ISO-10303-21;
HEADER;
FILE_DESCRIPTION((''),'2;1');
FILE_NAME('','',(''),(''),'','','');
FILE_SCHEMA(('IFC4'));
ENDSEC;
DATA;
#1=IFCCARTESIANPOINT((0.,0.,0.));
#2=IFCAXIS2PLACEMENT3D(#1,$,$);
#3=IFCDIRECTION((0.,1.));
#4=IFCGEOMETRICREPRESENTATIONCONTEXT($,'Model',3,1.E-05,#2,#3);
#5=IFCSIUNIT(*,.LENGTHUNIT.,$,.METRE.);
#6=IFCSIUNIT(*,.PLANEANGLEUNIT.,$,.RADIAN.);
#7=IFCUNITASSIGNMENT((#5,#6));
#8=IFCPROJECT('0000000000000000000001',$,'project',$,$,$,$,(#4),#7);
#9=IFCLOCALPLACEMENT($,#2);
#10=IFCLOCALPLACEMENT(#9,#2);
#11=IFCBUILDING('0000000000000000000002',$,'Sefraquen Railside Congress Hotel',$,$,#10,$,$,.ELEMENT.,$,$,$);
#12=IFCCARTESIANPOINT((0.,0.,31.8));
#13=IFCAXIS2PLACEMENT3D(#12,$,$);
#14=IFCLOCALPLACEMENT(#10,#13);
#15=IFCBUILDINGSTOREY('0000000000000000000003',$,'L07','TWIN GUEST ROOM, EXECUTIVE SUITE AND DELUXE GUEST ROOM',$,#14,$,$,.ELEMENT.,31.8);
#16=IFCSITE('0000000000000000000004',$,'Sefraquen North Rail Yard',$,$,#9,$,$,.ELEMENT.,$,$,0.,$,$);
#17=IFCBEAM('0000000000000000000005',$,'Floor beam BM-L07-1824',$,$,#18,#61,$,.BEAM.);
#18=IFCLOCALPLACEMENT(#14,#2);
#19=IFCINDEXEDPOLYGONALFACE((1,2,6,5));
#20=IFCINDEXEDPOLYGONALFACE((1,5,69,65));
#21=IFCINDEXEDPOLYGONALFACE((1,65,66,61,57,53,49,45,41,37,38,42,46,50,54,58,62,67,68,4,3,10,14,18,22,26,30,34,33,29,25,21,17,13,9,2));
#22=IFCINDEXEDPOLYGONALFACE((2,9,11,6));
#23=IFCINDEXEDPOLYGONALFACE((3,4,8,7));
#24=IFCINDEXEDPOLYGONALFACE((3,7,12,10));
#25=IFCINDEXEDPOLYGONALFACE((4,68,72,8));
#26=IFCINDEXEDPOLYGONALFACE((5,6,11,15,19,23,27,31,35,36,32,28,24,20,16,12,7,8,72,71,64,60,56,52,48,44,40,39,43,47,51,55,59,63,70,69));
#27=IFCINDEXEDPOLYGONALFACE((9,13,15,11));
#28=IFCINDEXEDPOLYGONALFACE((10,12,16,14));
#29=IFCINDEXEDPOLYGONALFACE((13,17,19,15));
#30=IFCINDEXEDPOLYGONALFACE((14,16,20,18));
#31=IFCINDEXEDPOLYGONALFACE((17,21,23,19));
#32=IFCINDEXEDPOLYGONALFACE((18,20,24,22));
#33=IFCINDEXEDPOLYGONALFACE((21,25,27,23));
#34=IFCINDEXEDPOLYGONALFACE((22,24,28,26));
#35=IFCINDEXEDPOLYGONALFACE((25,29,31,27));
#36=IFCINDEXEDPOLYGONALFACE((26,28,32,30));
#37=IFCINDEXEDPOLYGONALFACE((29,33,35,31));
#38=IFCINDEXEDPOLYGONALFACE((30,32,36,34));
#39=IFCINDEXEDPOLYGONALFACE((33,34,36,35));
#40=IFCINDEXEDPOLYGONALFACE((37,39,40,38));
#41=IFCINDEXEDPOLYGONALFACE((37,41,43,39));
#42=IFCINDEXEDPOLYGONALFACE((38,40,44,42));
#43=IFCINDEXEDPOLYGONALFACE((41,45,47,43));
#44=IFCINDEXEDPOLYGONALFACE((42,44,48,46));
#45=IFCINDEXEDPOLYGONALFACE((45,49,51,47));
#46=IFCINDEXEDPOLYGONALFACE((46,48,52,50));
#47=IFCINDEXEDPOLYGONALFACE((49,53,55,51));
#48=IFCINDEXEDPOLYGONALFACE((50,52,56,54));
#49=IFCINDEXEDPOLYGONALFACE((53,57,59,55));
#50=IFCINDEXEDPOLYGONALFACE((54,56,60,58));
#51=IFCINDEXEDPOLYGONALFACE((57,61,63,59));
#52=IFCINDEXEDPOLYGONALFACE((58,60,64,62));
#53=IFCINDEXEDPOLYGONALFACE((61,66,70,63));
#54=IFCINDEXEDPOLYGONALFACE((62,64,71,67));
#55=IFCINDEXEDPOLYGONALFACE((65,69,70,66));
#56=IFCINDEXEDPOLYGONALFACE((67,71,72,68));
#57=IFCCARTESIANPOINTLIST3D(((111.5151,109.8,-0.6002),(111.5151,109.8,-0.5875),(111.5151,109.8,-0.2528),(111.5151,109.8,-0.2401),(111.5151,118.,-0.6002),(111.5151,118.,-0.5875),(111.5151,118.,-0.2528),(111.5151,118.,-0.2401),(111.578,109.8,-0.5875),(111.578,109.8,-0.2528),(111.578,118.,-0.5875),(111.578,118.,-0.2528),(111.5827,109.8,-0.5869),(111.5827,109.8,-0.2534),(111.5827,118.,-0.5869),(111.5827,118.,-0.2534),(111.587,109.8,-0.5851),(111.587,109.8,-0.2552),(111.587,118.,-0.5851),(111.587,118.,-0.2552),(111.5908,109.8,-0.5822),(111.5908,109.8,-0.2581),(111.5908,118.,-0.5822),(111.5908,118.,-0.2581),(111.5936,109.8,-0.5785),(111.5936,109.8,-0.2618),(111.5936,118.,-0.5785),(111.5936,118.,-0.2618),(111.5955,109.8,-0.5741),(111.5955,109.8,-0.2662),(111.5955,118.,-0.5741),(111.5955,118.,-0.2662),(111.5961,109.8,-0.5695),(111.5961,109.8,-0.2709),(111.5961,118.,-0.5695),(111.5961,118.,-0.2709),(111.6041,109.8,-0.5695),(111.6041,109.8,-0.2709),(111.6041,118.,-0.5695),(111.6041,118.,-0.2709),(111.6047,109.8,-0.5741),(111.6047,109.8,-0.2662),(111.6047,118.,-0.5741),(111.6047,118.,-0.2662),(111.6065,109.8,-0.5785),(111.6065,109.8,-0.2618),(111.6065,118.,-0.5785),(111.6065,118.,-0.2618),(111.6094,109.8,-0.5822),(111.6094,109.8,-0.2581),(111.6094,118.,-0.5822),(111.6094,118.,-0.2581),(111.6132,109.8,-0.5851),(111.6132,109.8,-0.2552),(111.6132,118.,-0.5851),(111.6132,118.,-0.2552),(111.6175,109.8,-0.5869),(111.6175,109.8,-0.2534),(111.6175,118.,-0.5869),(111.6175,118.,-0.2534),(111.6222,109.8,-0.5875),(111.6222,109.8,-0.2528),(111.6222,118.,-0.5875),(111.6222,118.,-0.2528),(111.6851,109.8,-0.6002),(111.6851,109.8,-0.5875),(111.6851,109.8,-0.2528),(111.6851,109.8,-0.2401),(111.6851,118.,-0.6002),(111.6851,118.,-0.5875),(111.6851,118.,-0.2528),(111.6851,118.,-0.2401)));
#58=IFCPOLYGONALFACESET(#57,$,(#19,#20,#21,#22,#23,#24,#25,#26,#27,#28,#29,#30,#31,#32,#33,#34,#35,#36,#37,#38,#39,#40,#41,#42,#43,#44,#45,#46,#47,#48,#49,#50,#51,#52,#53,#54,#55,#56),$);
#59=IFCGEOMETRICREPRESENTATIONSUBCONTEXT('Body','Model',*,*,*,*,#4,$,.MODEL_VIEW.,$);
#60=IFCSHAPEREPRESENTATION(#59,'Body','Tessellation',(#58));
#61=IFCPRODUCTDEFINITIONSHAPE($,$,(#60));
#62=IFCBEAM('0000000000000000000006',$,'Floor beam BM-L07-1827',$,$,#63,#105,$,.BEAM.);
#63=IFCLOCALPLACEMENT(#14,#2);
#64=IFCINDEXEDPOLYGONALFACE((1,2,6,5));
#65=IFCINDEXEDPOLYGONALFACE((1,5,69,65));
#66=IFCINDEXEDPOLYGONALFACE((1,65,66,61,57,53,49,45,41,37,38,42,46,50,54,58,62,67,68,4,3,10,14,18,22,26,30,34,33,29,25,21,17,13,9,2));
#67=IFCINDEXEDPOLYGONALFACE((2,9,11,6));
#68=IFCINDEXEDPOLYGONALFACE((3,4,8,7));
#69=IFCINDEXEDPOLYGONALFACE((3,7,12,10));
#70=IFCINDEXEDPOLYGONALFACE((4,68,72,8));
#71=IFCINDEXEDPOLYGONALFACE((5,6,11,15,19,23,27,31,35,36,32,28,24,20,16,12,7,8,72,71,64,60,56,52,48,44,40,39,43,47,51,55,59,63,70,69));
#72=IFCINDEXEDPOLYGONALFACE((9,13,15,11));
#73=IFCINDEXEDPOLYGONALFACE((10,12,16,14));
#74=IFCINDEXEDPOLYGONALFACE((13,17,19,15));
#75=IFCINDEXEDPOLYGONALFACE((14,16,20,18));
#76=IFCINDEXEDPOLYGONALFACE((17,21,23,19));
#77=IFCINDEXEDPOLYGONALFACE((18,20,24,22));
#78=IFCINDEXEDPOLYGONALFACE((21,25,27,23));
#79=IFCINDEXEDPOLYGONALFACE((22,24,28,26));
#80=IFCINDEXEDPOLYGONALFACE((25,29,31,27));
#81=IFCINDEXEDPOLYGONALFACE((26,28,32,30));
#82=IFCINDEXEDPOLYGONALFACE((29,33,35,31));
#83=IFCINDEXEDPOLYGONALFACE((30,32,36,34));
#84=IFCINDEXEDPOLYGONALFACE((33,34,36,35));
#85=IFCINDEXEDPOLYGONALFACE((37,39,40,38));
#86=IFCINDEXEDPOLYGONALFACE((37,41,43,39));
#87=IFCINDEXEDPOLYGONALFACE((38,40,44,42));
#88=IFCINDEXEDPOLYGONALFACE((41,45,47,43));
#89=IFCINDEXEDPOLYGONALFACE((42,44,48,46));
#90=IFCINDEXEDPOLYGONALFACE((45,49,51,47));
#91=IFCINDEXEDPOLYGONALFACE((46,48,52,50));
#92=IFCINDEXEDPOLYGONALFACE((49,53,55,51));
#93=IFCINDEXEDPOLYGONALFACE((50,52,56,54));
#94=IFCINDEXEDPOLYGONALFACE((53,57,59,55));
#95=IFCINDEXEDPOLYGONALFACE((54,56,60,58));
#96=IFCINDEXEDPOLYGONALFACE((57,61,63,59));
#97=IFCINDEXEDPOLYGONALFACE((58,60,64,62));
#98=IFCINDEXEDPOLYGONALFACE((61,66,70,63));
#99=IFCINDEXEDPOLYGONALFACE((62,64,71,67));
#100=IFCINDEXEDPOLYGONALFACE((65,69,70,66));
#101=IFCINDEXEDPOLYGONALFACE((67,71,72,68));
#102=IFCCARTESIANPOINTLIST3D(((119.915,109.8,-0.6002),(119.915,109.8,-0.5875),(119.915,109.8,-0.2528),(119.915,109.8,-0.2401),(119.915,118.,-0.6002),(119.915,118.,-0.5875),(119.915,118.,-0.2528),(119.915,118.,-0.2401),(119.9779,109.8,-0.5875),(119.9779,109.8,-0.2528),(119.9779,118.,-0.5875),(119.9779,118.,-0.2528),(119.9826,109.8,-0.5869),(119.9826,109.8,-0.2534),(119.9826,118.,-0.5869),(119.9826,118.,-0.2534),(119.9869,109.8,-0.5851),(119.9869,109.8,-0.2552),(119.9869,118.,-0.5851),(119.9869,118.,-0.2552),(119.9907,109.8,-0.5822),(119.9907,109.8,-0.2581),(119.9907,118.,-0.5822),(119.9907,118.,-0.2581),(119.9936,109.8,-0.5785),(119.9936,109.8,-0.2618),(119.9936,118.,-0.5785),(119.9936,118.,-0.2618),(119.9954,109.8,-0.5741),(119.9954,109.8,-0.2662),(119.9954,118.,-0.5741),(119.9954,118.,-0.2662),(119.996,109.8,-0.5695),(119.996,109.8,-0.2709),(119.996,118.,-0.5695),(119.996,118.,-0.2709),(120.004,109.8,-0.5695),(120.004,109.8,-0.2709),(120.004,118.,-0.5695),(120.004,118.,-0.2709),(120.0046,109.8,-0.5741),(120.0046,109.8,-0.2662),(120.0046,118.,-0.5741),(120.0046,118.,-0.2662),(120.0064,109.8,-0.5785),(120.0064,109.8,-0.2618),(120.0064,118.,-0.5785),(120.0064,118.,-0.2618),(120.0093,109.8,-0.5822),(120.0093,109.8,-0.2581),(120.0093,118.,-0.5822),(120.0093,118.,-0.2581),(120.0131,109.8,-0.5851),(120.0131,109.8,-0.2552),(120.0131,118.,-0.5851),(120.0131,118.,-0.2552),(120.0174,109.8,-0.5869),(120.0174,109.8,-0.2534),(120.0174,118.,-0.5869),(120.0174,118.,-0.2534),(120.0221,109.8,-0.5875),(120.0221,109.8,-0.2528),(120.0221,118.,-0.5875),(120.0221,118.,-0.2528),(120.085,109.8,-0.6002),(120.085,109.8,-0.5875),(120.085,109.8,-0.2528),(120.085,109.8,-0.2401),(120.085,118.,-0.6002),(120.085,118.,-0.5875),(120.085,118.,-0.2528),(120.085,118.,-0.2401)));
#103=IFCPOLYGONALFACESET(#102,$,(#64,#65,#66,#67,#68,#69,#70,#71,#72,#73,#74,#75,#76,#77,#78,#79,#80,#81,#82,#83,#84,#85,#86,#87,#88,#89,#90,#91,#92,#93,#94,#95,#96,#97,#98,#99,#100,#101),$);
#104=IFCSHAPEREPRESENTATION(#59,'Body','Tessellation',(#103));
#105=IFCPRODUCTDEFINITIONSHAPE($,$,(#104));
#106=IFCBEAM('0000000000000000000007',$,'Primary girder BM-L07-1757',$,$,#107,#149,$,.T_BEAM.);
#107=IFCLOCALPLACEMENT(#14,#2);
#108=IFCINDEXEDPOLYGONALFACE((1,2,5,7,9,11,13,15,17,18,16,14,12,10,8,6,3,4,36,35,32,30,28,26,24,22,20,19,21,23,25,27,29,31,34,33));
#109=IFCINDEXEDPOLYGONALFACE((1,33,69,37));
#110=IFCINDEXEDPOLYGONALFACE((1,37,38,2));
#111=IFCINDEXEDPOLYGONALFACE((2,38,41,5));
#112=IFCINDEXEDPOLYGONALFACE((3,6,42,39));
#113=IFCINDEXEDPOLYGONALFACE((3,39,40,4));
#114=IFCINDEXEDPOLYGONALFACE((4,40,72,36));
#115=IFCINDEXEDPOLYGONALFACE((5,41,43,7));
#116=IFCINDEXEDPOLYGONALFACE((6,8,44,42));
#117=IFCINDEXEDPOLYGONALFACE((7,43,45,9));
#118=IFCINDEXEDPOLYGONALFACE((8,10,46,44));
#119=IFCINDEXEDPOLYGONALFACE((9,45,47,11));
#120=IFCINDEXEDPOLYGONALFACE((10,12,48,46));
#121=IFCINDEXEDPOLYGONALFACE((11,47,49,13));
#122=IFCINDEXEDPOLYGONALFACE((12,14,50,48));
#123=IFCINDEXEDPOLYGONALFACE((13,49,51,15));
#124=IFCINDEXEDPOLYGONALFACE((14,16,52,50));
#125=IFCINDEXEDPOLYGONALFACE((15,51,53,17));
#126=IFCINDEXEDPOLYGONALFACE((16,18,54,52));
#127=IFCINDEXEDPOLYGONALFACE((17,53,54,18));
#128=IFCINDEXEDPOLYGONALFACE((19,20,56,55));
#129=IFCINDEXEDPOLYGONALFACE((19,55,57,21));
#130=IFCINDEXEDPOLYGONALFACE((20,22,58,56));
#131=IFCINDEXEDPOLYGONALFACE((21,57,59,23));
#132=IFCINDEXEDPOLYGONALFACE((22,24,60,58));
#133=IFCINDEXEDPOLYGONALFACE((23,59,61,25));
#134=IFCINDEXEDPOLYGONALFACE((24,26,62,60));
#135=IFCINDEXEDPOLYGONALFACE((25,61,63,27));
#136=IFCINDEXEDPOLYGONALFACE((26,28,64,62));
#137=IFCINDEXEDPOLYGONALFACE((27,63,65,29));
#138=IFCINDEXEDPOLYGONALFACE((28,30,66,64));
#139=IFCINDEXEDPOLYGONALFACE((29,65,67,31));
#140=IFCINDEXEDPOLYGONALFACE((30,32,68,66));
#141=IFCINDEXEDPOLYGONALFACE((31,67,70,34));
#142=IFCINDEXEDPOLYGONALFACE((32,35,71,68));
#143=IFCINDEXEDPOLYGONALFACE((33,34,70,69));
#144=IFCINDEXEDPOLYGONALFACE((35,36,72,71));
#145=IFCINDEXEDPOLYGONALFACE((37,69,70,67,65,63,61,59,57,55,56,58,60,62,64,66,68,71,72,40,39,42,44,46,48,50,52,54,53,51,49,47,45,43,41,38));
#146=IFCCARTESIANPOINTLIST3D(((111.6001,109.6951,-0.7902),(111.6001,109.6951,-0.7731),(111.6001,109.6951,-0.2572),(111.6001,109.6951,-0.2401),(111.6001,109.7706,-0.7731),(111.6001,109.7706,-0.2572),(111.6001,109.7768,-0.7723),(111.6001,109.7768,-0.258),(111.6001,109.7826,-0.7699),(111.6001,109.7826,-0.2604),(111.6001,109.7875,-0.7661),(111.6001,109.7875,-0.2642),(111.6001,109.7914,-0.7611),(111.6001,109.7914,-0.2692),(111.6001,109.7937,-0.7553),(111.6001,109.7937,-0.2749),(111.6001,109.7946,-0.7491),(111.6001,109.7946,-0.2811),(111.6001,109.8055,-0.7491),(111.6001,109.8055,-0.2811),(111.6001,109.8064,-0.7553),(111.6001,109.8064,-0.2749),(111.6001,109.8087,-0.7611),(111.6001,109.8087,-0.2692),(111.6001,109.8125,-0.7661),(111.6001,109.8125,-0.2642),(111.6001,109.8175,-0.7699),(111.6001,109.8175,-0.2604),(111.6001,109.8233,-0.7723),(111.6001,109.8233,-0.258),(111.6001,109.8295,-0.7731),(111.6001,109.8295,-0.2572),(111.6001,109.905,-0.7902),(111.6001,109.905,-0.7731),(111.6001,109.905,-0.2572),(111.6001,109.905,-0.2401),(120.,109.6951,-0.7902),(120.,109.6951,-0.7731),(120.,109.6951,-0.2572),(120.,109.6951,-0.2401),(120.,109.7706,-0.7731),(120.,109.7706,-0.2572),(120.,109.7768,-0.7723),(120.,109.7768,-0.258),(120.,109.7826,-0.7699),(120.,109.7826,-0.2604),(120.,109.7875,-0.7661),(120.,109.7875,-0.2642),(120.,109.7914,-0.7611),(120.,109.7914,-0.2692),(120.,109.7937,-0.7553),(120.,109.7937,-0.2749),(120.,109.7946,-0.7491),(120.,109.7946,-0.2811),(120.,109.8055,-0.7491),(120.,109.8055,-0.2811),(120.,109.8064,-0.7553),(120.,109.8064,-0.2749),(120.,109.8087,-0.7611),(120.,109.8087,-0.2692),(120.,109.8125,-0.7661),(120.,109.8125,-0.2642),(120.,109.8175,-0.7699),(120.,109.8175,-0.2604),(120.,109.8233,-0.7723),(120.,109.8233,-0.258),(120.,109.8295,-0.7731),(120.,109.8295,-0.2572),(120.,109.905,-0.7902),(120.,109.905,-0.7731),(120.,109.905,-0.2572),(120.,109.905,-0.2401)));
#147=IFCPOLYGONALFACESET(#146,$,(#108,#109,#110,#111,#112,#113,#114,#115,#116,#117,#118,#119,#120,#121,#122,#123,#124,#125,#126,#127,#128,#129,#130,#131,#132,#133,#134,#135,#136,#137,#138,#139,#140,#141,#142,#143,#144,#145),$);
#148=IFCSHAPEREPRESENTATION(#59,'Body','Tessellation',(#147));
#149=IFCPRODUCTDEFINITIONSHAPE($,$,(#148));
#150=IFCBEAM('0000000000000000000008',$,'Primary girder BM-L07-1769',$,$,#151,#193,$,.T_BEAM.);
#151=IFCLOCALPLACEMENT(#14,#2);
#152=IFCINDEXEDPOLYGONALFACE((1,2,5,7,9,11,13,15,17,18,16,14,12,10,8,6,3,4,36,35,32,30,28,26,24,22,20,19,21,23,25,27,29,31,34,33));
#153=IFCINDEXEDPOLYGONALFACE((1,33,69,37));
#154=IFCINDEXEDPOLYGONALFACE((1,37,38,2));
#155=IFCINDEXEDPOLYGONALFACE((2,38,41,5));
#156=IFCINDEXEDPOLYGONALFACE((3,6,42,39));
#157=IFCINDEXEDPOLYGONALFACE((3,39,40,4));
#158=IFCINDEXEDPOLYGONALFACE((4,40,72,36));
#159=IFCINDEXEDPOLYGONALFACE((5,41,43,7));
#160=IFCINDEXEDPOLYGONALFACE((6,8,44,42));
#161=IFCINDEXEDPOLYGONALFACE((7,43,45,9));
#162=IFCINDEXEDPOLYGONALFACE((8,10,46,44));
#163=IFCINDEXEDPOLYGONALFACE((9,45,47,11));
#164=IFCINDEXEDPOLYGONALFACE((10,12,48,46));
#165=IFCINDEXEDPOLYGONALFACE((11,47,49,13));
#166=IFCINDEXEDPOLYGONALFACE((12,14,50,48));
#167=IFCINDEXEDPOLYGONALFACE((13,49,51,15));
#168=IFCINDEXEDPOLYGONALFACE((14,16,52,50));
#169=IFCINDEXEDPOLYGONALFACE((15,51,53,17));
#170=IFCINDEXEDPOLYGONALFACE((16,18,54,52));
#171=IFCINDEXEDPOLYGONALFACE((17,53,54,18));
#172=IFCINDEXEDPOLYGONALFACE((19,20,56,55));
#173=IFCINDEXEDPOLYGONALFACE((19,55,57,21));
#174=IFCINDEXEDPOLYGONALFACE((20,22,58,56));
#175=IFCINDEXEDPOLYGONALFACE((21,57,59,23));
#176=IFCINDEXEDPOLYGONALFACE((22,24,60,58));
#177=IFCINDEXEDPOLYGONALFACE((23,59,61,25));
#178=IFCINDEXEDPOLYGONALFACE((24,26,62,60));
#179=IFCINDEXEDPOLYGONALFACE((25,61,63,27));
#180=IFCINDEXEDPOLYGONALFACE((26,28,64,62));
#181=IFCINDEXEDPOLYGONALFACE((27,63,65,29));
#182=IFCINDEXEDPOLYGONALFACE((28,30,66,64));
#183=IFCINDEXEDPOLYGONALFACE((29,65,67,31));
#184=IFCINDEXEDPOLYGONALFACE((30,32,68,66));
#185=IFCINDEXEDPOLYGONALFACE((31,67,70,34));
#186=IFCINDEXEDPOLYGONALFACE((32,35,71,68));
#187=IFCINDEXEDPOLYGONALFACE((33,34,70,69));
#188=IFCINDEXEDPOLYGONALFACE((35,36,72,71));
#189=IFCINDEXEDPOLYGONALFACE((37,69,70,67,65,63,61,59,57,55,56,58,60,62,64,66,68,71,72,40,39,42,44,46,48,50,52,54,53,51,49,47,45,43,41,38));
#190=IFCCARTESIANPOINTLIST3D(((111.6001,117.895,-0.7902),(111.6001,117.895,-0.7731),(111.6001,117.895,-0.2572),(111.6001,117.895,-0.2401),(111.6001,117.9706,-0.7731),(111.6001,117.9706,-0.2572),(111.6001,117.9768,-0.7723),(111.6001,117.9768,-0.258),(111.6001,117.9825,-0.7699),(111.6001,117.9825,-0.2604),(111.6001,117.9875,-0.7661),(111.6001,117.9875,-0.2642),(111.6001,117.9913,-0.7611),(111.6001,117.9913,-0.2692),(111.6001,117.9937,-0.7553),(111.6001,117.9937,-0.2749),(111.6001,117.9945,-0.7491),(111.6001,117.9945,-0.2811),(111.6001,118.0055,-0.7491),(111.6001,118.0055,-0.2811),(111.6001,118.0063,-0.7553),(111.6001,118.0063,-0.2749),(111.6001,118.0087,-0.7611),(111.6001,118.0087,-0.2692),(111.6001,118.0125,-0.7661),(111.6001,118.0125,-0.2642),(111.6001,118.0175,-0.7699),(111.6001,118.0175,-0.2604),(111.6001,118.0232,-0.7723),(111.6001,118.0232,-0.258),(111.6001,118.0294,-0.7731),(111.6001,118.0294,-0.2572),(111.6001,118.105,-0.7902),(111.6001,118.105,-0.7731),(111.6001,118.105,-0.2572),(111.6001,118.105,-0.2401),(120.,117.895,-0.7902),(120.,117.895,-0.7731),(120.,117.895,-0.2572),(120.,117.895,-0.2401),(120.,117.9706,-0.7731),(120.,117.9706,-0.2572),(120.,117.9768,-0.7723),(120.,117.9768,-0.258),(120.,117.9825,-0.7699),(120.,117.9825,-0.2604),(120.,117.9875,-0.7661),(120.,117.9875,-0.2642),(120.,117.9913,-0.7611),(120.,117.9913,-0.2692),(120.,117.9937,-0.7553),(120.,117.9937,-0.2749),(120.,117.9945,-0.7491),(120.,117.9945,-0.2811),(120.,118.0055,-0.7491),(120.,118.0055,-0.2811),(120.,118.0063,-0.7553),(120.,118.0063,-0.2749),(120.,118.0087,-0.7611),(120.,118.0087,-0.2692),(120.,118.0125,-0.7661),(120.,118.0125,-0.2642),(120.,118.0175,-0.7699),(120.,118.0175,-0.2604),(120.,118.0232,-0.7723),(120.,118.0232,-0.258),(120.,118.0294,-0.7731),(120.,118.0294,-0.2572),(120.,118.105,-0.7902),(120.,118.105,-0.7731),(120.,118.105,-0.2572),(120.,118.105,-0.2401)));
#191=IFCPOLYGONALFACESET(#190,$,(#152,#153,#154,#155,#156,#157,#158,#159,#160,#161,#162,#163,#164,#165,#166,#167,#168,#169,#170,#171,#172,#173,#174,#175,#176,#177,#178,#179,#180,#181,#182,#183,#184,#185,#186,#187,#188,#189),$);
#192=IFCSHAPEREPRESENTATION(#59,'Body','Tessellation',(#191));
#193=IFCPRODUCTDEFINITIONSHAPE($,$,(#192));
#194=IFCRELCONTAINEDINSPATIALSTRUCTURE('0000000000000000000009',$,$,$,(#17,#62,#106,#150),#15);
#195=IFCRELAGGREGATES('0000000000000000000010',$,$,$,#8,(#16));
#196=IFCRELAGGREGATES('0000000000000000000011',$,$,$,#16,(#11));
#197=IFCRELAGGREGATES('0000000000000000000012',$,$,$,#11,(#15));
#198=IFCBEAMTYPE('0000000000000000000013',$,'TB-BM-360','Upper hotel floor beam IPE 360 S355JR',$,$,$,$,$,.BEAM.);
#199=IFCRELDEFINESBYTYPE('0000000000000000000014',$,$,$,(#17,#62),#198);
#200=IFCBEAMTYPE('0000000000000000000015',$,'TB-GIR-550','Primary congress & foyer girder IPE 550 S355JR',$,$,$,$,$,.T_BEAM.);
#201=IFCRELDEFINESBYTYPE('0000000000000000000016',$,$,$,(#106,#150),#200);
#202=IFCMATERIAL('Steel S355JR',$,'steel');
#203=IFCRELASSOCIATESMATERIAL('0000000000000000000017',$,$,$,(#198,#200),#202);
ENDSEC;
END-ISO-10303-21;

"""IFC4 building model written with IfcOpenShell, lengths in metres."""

from ifc_helpers import new_model, si_unit, direction, frame, origin, origin_2d, place, context, subcontext, project, spatial, i_section, extrude, material, material_profile, profile_set, type_object, element, save


model = new_model("IFC4")

# Units and contexts
model_context = context("Model", 3, precision=1e-05, world=origin(), true_north=direction((0.0, 1.0)))
body_context = subcontext(model_context, "Body", "Model", "MODEL_VIEW")
ifc_project = project(units=[si_unit("LENGTHUNIT", "METRE"), si_unit("PLANEANGLEUNIT", "RADIAN")], contexts=[model_context])

# Site, building, storey
site_placement = place(None, origin())
site = spatial("IfcSite", under=ifc_project, at=site_placement, Name="Sefraquen North Rail Yard", CompositionType="ELEMENT", RefElevation=0.0)
building_placement = place(site_placement, origin())
building = spatial("IfcBuilding", under=site, at=building_placement, Name="Sefraquen Railside Congress Hotel", CompositionType="ELEMENT")
storey_placement = place(building_placement, frame((0.0, 0.0, 31.8)))
storey = spatial("IfcBuildingStorey", under=building, at=storey_placement, Name="L07", Description="TWIN GUEST ROOM, EXECUTIVE SUITE AND DELUXE GUEST ROOM", CompositionType="ELEMENT", Elevation=31.8)

# Shared definitions
ifc_material_1 = material(Name="Steel S355JR", Category="steel")

# Beams
ifc_material_profile_1 = material_profile(ifc_material_1, i_section(OverallWidth=0.1699, OverallDepth=0.3601, WebThickness=0.0081, FlangeThickness=0.0127, FilletRadius=0.0181, at=origin_2d()), Name="IPE 360")
ifc_profile_set_1 = profile_set([ifc_material_profile_1], Name="Steel S355JR")
beam_type_1 = type_object("IfcBeamType", Name="TB-BM-360", Description="Upper hotel floor beam IPE 360 S355JR", PredefinedType="BEAM", material=ifc_profile_set_1)
for number, where, z_axis, x_axis, name in (
    (1, (111.6001, 109.8, -0.4202), (0.0, 1.0, 0.0), (-1.0, 0.0, 0.0), "Floor beam BM-L07-1824"),
    (2, (120.0, 109.8, -0.4202), (0.0, 1.0, 0.0), (-1.0, 0.0, 0.0), "Floor beam BM-L07-1827"),
):
    element("IfcBeam", number, at=place(storey_placement, frame(where, z_axis=z_axis, x_axis=x_axis)), inside=storey, type_object=beam_type_1, Name=name, PredefinedType="BEAM", context=body_context, shape_type="SweptSolid", body=[
        extrude(i_section(OverallWidth=0.1699, OverallDepth=0.3601, WebThickness=0.0081, FlangeThickness=0.0127, FilletRadius=0.0181, at=origin_2d()), origin(), (0.0, 0.0, 1.0), 8.2),
    ])
ifc_material_profile_2 = material_profile(ifc_material_1, i_section(OverallWidth=0.21, OverallDepth=0.55, WebThickness=0.011, FlangeThickness=0.0171, FilletRadius=0.0239, at=origin_2d()), Name="IPE 550")
ifc_profile_set_2 = profile_set([ifc_material_profile_2], Name="Steel S355JR")
beam_type_2 = type_object("IfcBeamType", Name="TB-GIR-550", Description="Primary congress & foyer girder IPE 550 S355JR", PredefinedType="T_BEAM", material=ifc_profile_set_2)
for number, where, z_axis, x_axis, name in (
    (3, (111.6001, 109.8, -0.5151), (1.0, 0.0, 0.0), (0.0, 1.0, 0.0), "Primary girder BM-L07-1757"),
    (4, (111.6001, 118.0, -0.5151), (1.0, 0.0, 0.0), (0.0, 1.0, 0.0), "Primary girder BM-L07-1769"),
):
    element("IfcBeam", number, at=place(storey_placement, frame(where, z_axis=z_axis, x_axis=x_axis)), inside=storey, type_object=beam_type_2, Name=name, PredefinedType="T_BEAM", context=body_context, shape_type="SweptSolid", body=[
        extrude(i_section(OverallWidth=0.21, OverallDepth=0.55, WebThickness=0.011, FlangeThickness=0.0171, FilletRadius=0.0239, at=origin_2d()), origin(), (0.0, 0.0, 1.0), 8.3999),
    ])

save(model, "model.ifc")
